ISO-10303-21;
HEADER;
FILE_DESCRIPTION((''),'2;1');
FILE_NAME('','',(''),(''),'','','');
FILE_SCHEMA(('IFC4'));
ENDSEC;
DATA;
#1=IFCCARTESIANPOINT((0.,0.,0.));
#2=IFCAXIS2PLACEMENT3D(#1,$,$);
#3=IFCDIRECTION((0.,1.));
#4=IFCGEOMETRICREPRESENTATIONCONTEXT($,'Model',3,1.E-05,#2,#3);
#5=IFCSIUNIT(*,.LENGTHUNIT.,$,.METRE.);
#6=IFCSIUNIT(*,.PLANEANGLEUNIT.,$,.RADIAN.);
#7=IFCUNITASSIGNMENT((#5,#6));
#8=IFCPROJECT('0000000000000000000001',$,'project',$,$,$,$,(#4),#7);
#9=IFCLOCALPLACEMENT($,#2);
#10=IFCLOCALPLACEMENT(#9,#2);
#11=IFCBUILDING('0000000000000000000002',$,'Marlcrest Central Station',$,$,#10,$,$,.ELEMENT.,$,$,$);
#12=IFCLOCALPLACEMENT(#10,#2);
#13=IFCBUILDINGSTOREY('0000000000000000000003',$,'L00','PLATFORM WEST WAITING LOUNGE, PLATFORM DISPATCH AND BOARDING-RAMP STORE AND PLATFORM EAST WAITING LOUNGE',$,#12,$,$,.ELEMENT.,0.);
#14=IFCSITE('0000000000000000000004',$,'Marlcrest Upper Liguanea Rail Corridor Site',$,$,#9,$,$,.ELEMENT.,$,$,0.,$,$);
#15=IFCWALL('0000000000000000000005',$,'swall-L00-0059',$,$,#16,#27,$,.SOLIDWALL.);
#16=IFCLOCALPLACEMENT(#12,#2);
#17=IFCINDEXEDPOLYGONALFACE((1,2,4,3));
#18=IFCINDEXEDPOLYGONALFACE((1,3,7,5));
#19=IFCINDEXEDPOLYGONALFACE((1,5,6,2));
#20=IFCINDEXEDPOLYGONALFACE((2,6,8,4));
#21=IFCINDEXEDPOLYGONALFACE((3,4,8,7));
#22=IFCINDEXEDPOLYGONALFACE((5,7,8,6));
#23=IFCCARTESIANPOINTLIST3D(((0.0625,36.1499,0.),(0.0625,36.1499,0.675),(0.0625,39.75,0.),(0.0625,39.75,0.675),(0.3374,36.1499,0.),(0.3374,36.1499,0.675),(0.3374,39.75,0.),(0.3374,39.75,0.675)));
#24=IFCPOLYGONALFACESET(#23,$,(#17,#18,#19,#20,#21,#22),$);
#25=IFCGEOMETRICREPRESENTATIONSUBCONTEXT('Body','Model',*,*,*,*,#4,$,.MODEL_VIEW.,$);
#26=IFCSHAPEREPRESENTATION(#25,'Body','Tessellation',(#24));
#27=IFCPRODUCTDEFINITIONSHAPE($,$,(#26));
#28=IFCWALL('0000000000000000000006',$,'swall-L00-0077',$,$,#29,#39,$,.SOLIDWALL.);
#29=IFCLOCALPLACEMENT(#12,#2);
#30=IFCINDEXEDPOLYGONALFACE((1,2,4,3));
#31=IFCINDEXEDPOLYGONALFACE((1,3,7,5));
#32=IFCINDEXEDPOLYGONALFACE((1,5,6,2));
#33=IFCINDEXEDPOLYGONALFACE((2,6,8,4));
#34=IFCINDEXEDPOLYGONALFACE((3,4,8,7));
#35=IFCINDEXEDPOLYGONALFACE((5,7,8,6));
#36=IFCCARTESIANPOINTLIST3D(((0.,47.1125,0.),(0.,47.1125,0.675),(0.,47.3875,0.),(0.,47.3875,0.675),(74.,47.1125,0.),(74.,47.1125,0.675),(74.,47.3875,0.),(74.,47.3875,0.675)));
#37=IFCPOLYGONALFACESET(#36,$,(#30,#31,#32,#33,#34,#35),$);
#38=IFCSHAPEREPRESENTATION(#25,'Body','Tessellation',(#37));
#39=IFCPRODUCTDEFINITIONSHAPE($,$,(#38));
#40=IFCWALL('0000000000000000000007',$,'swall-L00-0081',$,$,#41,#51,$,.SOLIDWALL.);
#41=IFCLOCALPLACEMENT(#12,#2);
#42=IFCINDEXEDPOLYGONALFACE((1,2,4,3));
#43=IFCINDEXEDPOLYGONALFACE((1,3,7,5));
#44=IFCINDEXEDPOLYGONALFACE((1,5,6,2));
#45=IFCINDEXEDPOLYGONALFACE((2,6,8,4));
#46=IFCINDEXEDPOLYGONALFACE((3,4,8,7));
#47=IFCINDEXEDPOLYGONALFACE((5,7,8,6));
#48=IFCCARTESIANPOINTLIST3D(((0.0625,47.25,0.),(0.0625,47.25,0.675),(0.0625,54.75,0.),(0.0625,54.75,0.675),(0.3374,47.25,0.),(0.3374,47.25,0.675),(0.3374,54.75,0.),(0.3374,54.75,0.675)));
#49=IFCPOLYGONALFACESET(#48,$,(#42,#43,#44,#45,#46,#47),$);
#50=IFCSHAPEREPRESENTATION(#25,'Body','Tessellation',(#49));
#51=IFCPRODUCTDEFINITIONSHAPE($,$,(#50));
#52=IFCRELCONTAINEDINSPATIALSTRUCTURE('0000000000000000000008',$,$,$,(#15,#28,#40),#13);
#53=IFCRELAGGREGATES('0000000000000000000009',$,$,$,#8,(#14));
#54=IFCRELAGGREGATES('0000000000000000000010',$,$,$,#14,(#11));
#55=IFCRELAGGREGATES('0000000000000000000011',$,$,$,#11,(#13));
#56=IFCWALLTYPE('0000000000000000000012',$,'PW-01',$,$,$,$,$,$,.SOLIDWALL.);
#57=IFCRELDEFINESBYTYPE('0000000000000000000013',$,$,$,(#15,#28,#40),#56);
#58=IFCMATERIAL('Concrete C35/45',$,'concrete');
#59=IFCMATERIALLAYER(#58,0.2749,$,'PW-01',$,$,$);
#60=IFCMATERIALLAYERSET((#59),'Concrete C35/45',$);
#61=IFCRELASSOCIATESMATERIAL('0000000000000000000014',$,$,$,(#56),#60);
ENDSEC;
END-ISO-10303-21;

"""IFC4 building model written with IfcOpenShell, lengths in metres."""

from ifc_helpers import new_model, si_unit, direction, frame, frame_2d, origin, place, context, subcontext, project, spatial, rectangle, extrude, material, layer, layer_set, type_object, element, save


model = new_model("IFC4")

# Units and contexts
model_context = context("Model", 3, precision=1e-05, world=origin(), true_north=direction((0.0, 1.0)))
body_context = subcontext(model_context, "Body", "Model", "MODEL_VIEW")
ifc_project = project(units=[si_unit("LENGTHUNIT", "METRE"), si_unit("PLANEANGLEUNIT", "RADIAN")], contexts=[model_context])

# Site, building, storey
site_placement = place(None, origin())
site = spatial("IfcSite", under=ifc_project, at=site_placement, Name="Marlcrest Upper Liguanea Rail Corridor Site", CompositionType="ELEMENT", RefElevation=0.0)
building_placement = place(site_placement, origin())
building = spatial("IfcBuilding", under=site, at=building_placement, Name="Marlcrest Central Station", CompositionType="ELEMENT")
storey_placement = place(building_placement, origin())
storey = spatial("IfcBuildingStorey", under=building, at=storey_placement, Name="L00", Description="PLATFORM WEST WAITING LOUNGE, PLATFORM DISPATCH AND BOARDING-RAMP STORE AND PLATFORM EAST WAITING LOUNGE", CompositionType="ELEMENT", Elevation=0.0)

# Shared definitions
ifc_material_1 = material(Name="Concrete C35/45", Category="concrete")

# Walls
ifc_layer_1 = layer(ifc_material_1, 0.2749, Name="PW-01")
ifc_layer_set_1 = layer_set([ifc_layer_1], Name="Concrete C35/45")
wall_type = type_object("IfcWallType", Name="PW-01", PredefinedType="SOLIDWALL", material=ifc_layer_set_1)
wall_1_placement = place(storey_placement, frame((0.2, 36.1499, 0.0), z_axis=(0.0, 0.0, 1.0), x_axis=(0.0, 1.0, 0.0)))
element("IfcWall", 1, at=wall_1_placement, inside=storey, type_object=wall_type, Name="swall-L00-0059", PredefinedType="SOLIDWALL", context=body_context, shape_type="SweptSolid", body=[
    extrude(rectangle(XDim=3.6001, YDim=0.2749, at=frame_2d((1.8, 0.0))), origin(), (0.0, 0.0, 1.0), 0.675),
])
wall_2_placement = place(storey_placement, frame((0.0, 47.25, 0.0), z_axis=(0.0, 0.0, 1.0), x_axis=(1.0, 0.0, 0.0)))
element("IfcWall", 2, at=wall_2_placement, inside=storey, type_object=wall_type, Name="swall-L00-0077", PredefinedType="SOLIDWALL", context=body_context, shape_type="SweptSolid", body=[
    extrude(rectangle(XDim=74.0, YDim=0.2749, at=frame_2d((37.0, 0.0))), origin(), (0.0, 0.0, 1.0), 0.675),
])
wall_3_placement = place(storey_placement, frame((0.2, 47.25, 0.0), z_axis=(0.0, 0.0, 1.0), x_axis=(0.0, 1.0, 0.0)))
element("IfcWall", 3, at=wall_3_placement, inside=storey, type_object=wall_type, Name="swall-L00-0081", PredefinedType="SOLIDWALL", context=body_context, shape_type="SweptSolid", body=[
    extrude(rectangle(XDim=7.5, YDim=0.2749, at=frame_2d((3.75, 0.0))), origin(), (0.0, 0.0, 1.0), 0.675),
])

save(model, "model.ifc")
